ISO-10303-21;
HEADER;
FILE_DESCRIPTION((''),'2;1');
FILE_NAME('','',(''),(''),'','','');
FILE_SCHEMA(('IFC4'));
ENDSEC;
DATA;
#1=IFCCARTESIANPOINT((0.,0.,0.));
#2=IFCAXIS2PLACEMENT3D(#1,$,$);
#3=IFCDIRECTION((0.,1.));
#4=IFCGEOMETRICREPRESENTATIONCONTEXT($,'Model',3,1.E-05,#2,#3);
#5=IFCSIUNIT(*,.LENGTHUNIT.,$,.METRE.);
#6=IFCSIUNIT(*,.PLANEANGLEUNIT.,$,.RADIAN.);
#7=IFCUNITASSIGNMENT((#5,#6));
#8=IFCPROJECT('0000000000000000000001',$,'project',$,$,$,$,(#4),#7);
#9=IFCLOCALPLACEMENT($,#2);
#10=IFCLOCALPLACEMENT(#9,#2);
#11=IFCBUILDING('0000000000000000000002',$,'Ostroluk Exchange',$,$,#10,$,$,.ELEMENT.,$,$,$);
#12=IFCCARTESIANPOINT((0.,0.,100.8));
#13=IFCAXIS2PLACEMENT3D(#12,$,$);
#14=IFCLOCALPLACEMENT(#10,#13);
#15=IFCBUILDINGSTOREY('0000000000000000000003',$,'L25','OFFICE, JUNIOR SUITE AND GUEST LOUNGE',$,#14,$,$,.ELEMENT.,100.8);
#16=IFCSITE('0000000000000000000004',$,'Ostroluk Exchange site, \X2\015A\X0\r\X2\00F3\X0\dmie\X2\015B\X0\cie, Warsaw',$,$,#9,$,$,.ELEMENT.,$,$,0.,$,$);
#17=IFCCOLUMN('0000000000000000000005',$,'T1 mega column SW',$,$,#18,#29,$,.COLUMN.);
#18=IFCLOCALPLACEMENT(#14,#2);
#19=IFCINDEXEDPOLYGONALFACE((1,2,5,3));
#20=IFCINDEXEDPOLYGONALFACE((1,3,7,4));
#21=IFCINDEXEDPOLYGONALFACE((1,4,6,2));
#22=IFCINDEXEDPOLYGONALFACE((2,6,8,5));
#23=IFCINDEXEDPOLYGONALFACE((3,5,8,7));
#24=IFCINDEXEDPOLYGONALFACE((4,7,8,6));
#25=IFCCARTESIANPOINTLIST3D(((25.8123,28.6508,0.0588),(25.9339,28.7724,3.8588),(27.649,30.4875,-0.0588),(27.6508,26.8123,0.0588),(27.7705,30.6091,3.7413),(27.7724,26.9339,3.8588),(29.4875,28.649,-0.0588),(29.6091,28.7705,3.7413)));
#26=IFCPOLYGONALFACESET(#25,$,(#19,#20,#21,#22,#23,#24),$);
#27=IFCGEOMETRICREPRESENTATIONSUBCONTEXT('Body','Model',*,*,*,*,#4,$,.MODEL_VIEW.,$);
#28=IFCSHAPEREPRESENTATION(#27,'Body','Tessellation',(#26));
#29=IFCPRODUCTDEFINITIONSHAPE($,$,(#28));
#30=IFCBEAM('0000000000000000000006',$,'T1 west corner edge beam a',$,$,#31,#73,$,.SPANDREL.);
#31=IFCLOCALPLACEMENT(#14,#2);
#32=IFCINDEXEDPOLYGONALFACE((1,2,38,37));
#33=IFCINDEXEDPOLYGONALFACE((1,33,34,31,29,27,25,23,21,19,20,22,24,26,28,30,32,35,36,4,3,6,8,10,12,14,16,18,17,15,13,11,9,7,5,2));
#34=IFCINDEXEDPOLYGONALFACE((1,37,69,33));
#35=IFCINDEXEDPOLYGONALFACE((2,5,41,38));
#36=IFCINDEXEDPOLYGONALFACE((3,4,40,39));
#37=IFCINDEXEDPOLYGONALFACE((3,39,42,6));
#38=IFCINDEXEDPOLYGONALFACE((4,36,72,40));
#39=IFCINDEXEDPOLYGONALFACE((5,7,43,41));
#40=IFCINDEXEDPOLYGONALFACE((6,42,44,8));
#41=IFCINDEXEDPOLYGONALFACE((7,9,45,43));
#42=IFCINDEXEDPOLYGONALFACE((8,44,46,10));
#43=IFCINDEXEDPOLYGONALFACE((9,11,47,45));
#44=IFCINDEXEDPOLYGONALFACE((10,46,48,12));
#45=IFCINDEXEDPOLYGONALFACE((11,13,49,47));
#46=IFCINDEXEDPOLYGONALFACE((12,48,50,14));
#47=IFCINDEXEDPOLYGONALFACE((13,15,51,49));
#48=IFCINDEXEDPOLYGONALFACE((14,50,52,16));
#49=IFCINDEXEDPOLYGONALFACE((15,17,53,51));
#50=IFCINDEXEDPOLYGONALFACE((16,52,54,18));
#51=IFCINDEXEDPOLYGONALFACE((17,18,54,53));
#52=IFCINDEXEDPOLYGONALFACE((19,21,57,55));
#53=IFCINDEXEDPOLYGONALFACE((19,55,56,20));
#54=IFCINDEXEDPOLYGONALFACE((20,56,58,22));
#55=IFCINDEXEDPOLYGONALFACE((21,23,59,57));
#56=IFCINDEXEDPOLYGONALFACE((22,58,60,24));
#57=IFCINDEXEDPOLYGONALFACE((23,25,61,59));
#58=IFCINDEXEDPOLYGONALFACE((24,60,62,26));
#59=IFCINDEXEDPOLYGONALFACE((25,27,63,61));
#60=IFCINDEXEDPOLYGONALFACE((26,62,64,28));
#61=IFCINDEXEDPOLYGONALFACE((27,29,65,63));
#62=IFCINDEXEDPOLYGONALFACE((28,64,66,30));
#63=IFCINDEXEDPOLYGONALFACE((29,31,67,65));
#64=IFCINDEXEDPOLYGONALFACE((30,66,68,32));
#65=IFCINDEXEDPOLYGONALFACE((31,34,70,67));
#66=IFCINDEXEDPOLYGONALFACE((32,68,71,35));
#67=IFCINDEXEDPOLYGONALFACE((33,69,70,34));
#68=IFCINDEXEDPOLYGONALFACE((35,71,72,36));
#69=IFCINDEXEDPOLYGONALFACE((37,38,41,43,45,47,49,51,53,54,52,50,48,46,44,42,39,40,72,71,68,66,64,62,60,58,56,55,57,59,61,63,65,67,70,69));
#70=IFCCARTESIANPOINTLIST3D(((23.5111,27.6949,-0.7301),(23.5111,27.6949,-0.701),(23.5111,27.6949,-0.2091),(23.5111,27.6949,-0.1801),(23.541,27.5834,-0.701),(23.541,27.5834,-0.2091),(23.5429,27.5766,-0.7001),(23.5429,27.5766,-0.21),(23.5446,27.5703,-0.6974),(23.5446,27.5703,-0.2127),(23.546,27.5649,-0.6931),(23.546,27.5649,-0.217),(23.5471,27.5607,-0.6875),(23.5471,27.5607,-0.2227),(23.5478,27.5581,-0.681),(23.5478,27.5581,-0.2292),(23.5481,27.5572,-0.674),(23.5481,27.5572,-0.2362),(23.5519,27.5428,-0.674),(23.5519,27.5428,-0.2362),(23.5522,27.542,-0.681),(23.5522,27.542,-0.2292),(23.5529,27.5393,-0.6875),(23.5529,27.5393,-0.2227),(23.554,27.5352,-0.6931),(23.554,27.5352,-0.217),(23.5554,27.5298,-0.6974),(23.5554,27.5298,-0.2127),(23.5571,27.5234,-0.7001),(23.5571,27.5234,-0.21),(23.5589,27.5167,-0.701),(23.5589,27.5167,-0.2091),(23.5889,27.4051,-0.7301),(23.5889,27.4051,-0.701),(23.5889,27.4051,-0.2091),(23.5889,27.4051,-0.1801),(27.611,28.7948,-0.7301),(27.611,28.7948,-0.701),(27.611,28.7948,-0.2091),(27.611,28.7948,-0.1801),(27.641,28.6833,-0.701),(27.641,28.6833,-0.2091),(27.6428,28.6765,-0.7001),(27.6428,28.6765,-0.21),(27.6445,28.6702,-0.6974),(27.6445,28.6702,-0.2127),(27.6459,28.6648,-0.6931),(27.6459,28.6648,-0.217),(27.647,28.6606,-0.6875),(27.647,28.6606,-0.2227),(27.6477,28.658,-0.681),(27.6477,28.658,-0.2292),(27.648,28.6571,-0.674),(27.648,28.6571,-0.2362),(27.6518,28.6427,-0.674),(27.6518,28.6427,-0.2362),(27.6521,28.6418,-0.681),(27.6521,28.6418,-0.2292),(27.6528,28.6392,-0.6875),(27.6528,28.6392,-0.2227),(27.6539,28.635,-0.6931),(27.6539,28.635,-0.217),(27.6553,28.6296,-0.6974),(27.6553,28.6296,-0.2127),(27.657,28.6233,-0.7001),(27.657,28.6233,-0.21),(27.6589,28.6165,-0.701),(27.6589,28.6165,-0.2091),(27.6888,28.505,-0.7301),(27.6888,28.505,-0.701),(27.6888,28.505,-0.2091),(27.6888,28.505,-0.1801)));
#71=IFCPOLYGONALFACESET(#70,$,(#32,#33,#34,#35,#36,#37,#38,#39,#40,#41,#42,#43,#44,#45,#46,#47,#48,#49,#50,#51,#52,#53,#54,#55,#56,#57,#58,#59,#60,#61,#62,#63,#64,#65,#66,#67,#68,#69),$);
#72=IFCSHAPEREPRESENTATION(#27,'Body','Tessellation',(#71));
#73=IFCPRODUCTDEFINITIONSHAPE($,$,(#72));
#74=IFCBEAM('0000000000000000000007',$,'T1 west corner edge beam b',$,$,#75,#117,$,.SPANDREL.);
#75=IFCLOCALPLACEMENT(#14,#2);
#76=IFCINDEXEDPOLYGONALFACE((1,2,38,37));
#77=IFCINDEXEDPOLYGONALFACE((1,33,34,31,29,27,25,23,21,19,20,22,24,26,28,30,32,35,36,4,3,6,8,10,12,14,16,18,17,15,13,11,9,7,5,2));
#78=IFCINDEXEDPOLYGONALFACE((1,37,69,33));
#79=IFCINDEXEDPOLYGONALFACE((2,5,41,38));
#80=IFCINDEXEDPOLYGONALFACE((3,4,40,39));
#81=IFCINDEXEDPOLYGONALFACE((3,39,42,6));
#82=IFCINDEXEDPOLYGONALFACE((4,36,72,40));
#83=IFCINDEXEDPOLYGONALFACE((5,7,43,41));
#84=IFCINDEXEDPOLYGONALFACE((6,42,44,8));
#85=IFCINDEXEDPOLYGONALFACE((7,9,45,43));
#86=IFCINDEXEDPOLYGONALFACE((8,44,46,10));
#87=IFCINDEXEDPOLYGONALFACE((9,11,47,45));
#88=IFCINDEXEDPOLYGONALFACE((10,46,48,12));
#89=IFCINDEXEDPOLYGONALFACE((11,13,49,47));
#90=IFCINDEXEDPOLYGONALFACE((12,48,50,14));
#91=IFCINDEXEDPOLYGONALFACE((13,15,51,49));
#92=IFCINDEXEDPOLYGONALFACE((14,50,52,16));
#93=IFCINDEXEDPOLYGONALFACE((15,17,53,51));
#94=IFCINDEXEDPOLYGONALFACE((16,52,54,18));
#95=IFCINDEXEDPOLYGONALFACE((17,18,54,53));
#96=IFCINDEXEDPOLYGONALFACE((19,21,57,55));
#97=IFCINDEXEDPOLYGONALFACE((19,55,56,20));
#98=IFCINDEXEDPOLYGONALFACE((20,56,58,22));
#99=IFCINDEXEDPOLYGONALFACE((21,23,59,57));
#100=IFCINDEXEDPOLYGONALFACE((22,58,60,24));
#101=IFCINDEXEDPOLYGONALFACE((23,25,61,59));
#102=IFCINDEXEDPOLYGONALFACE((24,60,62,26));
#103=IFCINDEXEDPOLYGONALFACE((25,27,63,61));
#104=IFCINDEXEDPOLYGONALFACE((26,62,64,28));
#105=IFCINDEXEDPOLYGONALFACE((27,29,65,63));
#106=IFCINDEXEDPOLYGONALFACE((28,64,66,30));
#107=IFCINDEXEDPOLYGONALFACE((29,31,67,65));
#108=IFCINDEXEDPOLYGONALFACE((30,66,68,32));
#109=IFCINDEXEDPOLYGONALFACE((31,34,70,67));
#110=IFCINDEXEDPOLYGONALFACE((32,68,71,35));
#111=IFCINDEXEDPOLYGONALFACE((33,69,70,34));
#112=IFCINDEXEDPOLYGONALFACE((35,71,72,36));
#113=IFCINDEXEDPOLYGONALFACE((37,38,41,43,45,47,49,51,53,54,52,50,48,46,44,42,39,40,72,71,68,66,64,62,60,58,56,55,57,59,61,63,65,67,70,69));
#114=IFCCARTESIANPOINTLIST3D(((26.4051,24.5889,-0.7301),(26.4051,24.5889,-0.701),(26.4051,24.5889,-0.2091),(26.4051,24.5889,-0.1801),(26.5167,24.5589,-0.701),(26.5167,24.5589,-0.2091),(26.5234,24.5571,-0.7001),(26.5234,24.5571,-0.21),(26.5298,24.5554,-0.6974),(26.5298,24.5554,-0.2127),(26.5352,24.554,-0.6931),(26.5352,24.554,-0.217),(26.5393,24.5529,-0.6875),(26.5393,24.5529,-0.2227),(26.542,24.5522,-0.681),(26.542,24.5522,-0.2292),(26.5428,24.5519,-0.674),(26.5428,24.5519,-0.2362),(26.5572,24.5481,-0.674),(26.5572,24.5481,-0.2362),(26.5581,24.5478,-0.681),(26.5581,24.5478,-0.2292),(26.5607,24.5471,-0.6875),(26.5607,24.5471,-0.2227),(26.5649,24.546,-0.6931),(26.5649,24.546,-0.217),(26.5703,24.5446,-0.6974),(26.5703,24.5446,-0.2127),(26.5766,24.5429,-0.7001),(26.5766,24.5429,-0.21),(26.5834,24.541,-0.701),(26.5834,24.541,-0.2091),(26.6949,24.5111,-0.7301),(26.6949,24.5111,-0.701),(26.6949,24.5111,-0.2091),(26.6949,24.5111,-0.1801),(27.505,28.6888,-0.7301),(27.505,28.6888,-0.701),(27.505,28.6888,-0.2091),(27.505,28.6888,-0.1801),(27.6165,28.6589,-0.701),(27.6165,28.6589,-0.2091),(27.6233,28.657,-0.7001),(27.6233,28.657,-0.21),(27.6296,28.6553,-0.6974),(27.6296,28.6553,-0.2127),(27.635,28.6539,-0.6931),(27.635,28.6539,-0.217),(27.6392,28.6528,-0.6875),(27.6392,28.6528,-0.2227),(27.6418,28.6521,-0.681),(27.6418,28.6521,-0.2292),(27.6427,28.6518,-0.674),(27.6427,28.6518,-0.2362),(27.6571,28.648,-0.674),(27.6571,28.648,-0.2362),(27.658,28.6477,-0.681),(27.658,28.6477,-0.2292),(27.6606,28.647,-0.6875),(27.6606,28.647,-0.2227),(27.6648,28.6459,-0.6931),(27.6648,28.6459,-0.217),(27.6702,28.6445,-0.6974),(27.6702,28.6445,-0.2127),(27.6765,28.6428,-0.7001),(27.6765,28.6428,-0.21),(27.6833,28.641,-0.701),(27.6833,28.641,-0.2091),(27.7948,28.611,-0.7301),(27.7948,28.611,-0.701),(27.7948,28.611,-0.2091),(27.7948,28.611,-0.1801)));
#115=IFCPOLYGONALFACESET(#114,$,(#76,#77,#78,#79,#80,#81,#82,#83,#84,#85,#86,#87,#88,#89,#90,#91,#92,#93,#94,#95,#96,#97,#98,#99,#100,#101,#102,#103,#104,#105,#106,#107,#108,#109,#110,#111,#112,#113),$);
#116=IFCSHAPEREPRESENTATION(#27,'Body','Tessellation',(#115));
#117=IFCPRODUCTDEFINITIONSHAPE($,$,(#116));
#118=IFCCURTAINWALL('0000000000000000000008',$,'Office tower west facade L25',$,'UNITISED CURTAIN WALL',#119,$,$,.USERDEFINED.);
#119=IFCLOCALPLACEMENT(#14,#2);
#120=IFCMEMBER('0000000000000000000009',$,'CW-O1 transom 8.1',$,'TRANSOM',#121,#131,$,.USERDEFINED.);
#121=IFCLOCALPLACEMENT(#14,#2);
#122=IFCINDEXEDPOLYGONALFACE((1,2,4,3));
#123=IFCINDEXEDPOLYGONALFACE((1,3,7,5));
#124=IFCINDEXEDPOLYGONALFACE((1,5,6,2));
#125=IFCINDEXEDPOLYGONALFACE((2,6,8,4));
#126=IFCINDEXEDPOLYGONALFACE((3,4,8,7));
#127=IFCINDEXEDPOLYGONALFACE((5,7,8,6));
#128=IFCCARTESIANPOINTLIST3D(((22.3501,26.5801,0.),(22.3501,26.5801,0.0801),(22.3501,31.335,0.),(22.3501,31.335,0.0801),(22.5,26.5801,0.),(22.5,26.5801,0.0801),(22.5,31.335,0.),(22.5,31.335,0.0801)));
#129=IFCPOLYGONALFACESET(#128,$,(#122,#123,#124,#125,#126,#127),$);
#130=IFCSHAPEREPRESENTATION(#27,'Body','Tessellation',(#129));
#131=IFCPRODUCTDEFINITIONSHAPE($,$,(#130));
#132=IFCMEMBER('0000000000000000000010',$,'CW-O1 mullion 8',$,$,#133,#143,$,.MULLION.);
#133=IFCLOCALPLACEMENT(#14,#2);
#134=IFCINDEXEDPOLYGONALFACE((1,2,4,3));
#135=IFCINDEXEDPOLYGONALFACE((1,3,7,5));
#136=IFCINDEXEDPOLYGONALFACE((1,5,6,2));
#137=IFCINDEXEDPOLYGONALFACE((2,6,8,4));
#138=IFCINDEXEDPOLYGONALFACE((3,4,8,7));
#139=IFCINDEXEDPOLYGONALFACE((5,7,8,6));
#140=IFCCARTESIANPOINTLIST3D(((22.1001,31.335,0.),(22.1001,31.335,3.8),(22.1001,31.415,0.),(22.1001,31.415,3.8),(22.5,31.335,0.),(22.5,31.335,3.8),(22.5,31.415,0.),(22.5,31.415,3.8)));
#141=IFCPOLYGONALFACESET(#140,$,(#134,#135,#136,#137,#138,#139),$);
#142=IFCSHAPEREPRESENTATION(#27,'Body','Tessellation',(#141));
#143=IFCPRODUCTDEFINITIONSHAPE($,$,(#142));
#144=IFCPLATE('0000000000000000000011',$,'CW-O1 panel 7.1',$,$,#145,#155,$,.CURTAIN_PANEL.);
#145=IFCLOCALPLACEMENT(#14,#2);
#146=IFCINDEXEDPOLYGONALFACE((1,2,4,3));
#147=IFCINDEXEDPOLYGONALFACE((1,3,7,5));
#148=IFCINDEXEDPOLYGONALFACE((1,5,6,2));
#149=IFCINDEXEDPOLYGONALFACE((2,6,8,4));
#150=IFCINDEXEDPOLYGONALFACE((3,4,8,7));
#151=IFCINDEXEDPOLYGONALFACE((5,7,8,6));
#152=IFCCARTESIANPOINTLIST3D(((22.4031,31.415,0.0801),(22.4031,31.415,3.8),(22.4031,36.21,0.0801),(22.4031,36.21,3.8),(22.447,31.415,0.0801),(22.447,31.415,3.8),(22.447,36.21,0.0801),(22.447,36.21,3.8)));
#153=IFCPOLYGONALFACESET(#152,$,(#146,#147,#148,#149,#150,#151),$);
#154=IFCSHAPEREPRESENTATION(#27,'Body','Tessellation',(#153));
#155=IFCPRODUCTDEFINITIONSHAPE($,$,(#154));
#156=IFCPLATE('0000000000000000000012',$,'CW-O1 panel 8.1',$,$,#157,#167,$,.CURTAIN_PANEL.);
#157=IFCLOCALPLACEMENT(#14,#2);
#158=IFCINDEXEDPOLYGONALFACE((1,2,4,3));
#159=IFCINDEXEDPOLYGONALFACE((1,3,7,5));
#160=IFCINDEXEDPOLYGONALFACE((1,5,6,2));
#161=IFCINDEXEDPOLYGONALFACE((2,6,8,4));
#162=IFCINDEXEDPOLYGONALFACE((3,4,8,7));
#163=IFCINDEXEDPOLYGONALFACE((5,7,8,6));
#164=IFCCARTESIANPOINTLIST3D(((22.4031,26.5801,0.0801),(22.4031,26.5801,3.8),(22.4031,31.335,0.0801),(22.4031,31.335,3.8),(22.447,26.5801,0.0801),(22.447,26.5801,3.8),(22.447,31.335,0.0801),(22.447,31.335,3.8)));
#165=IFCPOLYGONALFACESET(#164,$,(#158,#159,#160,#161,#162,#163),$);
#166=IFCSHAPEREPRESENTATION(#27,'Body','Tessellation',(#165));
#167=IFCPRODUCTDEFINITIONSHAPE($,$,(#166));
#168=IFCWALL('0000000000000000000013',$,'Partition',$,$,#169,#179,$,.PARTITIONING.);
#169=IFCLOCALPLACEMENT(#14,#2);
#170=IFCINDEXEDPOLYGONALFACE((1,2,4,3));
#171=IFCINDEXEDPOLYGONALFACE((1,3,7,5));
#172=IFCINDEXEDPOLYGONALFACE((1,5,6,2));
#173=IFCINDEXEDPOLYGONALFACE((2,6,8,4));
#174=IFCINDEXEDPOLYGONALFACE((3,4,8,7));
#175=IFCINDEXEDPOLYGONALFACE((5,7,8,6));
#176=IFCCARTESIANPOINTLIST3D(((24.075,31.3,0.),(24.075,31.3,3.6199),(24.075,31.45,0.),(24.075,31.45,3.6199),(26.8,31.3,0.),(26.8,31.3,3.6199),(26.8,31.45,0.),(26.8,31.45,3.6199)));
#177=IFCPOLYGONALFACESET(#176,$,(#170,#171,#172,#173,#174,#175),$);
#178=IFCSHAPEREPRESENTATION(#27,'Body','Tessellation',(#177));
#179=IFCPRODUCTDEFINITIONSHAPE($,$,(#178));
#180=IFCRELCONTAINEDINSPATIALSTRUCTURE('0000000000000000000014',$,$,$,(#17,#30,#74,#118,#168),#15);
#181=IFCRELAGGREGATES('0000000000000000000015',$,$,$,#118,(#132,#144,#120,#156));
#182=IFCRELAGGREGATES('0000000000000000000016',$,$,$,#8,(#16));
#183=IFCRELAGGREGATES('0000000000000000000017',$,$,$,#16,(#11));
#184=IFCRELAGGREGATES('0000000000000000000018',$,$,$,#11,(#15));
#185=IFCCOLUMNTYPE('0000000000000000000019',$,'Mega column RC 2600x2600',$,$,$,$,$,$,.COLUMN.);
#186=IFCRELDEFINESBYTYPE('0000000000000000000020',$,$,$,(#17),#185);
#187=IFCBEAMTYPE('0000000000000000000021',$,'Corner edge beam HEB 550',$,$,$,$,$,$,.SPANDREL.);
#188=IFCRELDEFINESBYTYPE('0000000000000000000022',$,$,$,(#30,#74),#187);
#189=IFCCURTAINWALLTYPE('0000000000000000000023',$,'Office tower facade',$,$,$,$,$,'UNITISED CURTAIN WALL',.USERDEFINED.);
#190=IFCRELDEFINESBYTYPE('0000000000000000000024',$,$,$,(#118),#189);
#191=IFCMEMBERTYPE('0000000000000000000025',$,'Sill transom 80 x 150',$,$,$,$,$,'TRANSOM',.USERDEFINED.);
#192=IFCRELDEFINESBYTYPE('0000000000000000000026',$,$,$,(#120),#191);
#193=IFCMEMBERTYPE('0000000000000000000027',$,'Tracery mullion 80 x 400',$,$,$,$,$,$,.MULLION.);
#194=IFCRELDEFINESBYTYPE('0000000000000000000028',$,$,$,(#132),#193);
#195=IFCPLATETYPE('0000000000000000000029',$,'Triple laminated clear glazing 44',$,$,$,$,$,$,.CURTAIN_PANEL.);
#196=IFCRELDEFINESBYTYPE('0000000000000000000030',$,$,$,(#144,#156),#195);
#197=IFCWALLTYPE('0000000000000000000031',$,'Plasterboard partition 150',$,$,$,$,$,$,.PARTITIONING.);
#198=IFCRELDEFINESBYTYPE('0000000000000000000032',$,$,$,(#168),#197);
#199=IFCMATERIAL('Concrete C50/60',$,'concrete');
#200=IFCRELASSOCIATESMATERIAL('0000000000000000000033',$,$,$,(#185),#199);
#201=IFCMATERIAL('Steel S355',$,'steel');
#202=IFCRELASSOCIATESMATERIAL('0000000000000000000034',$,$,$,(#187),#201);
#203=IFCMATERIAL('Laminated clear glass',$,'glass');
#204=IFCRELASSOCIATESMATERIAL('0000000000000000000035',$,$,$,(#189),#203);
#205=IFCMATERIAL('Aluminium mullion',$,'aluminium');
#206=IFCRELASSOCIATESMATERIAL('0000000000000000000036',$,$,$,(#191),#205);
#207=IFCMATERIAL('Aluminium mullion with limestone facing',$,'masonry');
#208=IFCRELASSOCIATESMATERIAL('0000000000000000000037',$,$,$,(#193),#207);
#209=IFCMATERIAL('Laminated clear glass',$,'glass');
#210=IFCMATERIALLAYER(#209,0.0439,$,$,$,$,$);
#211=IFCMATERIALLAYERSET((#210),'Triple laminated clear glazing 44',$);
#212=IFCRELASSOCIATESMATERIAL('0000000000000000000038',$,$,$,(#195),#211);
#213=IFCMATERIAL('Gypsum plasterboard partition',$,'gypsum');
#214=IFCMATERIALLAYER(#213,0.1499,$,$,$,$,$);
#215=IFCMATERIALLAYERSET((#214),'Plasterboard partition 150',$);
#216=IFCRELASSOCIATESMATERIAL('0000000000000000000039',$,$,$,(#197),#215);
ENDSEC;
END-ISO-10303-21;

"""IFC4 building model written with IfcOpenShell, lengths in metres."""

from ifc_helpers import new_model, si_unit, direction, frame, frame_2d, origin, origin_2d, place, context, subcontext, project, spatial, rectangle, i_section, extrude, material, layer, layer_set, material_profile, profile_set, type_object, element, aggregate, save


model = new_model("IFC4")

# Units and contexts
model_context = context("Model", 3, precision=1e-05, world=origin(), true_north=direction((0.0, 1.0)))
body_context = subcontext(model_context, "Body", "Model", "MODEL_VIEW")
ifc_project = project(units=[si_unit("LENGTHUNIT", "METRE"), si_unit("PLANEANGLEUNIT", "RADIAN")], contexts=[model_context])

# Site, building, storey
site_placement = place(None, origin())
site = spatial("IfcSite", under=ifc_project, at=site_placement, Name="Ostroluk Exchange site, Śródmieście, Warsaw", CompositionType="ELEMENT", RefElevation=0.0)
building_placement = place(site_placement, origin())
building = spatial("IfcBuilding", under=site, at=building_placement, Name="Ostroluk Exchange", CompositionType="ELEMENT")
storey_placement = place(building_placement, frame((0.0, 0.0, 100.8)))
storey = spatial("IfcBuildingStorey", under=building, at=storey_placement, Name="L25", Description="OFFICE, JUNIOR SUITE AND GUEST LOUNGE", CompositionType="ELEMENT", Elevation=100.8)

# Column
ifc_material_1 = material(Name="Concrete C50/60", Category="concrete")
ifc_material_profile_1 = material_profile(ifc_material_1, rectangle(XDim=2.6001, YDim=2.6001, at=origin_2d()), Name="RC 2600x2600")
ifc_profile_set_1 = profile_set([ifc_material_profile_1], Name="Concrete C50/60")
column_type = type_object("IfcColumnType", Name="Mega column RC 2600x2600", PredefinedType="COLUMN", material=ifc_profile_set_1)
column_placement = place(storey_placement, frame((27.6499, 28.6499, 0.0), z_axis=(0.031962, 0.031962, 0.998978), x_axis=(-0.707107, 0.707107, 0.0)))
element("IfcColumn", 1, at=column_placement, inside=storey, type_object=column_type, Name="T1 mega column SW", PredefinedType="COLUMN", context=body_context, shape_type="SweptSolid", body=[
    extrude(rectangle(XDim=2.6001, YDim=2.6001, at=origin_2d()), origin(), (0.0, 0.0, 1.0), 3.804),
])

# Beams
ifc_material_2 = material(Name="Steel S355", Category="steel")
ifc_material_profile_2 = material_profile(ifc_material_2, i_section(OverallWidth=0.3, OverallDepth=0.55, WebThickness=0.0149, FlangeThickness=0.0291, FilletRadius=0.0271, at=origin_2d()), Name="HEB 550")
ifc_profile_set_2 = profile_set([ifc_material_profile_2], Name="Steel S355")
beam_type = type_object("IfcBeamType", Name="Corner edge beam HEB 550", PredefinedType="SPANDREL", material=ifc_profile_set_2)
for number, where, z_axis, x_axis, name in (
    (2, (27.6499, 28.6499, -0.4551), (-0.965849, -0.259105, 0.0), (0.259105, -0.965849, 0.0), "T1 west corner edge beam a"),
    (3, (27.6499, 28.6499, -0.4551), (-0.259105, -0.965849, 0.0), (0.965849, -0.259105, 0.0), "T1 west corner edge beam b"),
):
    element("IfcBeam", number, at=place(storey_placement, frame(where, z_axis=z_axis, x_axis=x_axis)), inside=storey, type_object=beam_type, Name=name, PredefinedType="SPANDREL", context=body_context, shape_type="SweptSolid", body=[
        extrude(i_section(OverallWidth=0.3, OverallDepth=0.55, WebThickness=0.0149, FlangeThickness=0.0291, FilletRadius=0.0271, at=origin_2d()), origin(), (0.0, 0.0, 1.0), 4.2449),
    ])

# Curtain wall, members, plates
ifc_material_3 = material(Name="Laminated clear glass", Category="glass")
curtain_wall_type = type_object("IfcCurtainWallType", Name="Office tower facade", ElementType="UNITISED CURTAIN WALL", PredefinedType="USERDEFINED", material=ifc_material_3)
curtain_wall_placement = place(storey_placement, origin())
curtain_wall = element("IfcCurtainWall", 4, at=curtain_wall_placement, inside=storey, type_object=curtain_wall_type, Name="Office tower west facade L25", ObjectType="UNITISED CURTAIN WALL", PredefinedType="USERDEFINED")
ifc_material_4 = material(Name="Aluminium mullion", Category="aluminium")
ifc_material_profile_3 = material_profile(ifc_material_4, rectangle(XDim=0.1499, YDim=0.0801, at=origin_2d()), Name="Sill transom 80 x 150")
ifc_profile_set_3 = profile_set([ifc_material_profile_3], Name="Aluminium mullion")
member_type_1 = type_object("IfcMemberType", Name="Sill transom 80 x 150", ElementType="TRANSOM", PredefinedType="USERDEFINED", material=ifc_profile_set_3)
member_1_placement = place(storey_placement, frame((22.425, 31.335, 0.04), z_axis=(0.0, -1.0, 0.0), x_axis=(1.0, 0.0, 0.0)))
member_1 = element("IfcMember", 5, at=member_1_placement, type_object=member_type_1, Name="CW-O1 transom 8.1", ObjectType="TRANSOM", PredefinedType="USERDEFINED", context=body_context, shape_type="SweptSolid", body=[
    extrude(rectangle(XDim=0.1499, YDim=0.0801, at=origin_2d()), origin(), (0.0, 0.0, 1.0), 4.7549),
])
ifc_material_5 = material(Name="Aluminium mullion with limestone facing", Category="masonry")
ifc_material_profile_4 = material_profile(ifc_material_5, rectangle(XDim=0.3999, YDim=0.0801, at=origin_2d()), Name="Tracery mullion 80 x 400")
ifc_profile_set_4 = profile_set([ifc_material_profile_4], Name="Aluminium mullion with limestone facing")
member_type_2 = type_object("IfcMemberType", Name="Tracery mullion 80 x 400", PredefinedType="MULLION", material=ifc_profile_set_4)
member_2_placement = place(storey_placement, frame((22.3, 31.375, 0.0), z_axis=(0.0, 0.0, 1.0), x_axis=(1.0, 0.0, 0.0)))
member_2 = element("IfcMember", 6, at=member_2_placement, type_object=member_type_2, Name="CW-O1 mullion 8", PredefinedType="MULLION", context=body_context, shape_type="SweptSolid", body=[
    extrude(rectangle(XDim=0.3999, YDim=0.0801, at=origin_2d()), origin(), (0.0, 0.0, 1.0), 3.8),
])
ifc_material_6 = material(Name="Laminated clear glass", Category="glass")
ifc_layer_1 = layer(ifc_material_6, 0.0439)
ifc_layer_set_1 = layer_set([ifc_layer_1], Name="Triple laminated clear glazing 44")
plate_type = type_object("IfcPlateType", Name="Triple laminated clear glazing 44", PredefinedType="CURTAIN_PANEL", material=ifc_layer_set_1)
plate_1_placement = place(storey_placement, frame((22.425, 33.8125, 0.0801), z_axis=(0.0, 0.0, 1.0), x_axis=(0.0, -1.0, 0.0)))
plate_1 = element("IfcPlate", 7, at=plate_1_placement, type_object=plate_type, Name="CW-O1 panel 7.1", PredefinedType="CURTAIN_PANEL", context=body_context, shape_type="SweptSolid", body=[
    extrude(rectangle(XDim=4.7949, YDim=0.0439, at=origin_2d()), origin(), (0.0, 0.0, 1.0), 3.72),
])
plate_2_placement = place(storey_placement, frame((22.425, 28.9575, 0.0801), z_axis=(0.0, 0.0, 1.0), x_axis=(0.0, -1.0, 0.0)))
plate_2 = element("IfcPlate", 8, at=plate_2_placement, type_object=plate_type, Name="CW-O1 panel 8.1", PredefinedType="CURTAIN_PANEL", context=body_context, shape_type="SweptSolid", body=[
    extrude(rectangle(XDim=4.7549, YDim=0.0439, at=origin_2d()), origin(), (0.0, 0.0, 1.0), 3.72),
])
aggregate(curtain_wall, [member_2, plate_1, member_1, plate_2])

# Wall
ifc_material_7 = material(Name="Gypsum plasterboard partition", Category="gypsum")
ifc_layer_2 = layer(ifc_material_7, 0.1499)
ifc_layer_set_2 = layer_set([ifc_layer_2], Name="Plasterboard partition 150")
wall_type_1 = type_object("IfcWallType", Name="Plasterboard partition 150", PredefinedType="PARTITIONING", material=ifc_layer_set_2)
wall_1_placement = place(storey_placement, frame((26.8, 31.375, 0.0), z_axis=(0.0, 0.0, 1.0), x_axis=(-1.0, 0.0, 0.0)))
element("IfcWall", 9, at=wall_1_placement, inside=storey, type_object=wall_type_1, Name="Partition", PredefinedType="PARTITIONING", context=body_context, shape_type="SweptSolid", body=[
    extrude(rectangle(XDim=2.7251, YDim=0.1499, at=frame_2d((1.3625, 0.0))), origin(), (0.0, 0.0, 1.0), 3.6199),
])

save(model, "model.ifc")
